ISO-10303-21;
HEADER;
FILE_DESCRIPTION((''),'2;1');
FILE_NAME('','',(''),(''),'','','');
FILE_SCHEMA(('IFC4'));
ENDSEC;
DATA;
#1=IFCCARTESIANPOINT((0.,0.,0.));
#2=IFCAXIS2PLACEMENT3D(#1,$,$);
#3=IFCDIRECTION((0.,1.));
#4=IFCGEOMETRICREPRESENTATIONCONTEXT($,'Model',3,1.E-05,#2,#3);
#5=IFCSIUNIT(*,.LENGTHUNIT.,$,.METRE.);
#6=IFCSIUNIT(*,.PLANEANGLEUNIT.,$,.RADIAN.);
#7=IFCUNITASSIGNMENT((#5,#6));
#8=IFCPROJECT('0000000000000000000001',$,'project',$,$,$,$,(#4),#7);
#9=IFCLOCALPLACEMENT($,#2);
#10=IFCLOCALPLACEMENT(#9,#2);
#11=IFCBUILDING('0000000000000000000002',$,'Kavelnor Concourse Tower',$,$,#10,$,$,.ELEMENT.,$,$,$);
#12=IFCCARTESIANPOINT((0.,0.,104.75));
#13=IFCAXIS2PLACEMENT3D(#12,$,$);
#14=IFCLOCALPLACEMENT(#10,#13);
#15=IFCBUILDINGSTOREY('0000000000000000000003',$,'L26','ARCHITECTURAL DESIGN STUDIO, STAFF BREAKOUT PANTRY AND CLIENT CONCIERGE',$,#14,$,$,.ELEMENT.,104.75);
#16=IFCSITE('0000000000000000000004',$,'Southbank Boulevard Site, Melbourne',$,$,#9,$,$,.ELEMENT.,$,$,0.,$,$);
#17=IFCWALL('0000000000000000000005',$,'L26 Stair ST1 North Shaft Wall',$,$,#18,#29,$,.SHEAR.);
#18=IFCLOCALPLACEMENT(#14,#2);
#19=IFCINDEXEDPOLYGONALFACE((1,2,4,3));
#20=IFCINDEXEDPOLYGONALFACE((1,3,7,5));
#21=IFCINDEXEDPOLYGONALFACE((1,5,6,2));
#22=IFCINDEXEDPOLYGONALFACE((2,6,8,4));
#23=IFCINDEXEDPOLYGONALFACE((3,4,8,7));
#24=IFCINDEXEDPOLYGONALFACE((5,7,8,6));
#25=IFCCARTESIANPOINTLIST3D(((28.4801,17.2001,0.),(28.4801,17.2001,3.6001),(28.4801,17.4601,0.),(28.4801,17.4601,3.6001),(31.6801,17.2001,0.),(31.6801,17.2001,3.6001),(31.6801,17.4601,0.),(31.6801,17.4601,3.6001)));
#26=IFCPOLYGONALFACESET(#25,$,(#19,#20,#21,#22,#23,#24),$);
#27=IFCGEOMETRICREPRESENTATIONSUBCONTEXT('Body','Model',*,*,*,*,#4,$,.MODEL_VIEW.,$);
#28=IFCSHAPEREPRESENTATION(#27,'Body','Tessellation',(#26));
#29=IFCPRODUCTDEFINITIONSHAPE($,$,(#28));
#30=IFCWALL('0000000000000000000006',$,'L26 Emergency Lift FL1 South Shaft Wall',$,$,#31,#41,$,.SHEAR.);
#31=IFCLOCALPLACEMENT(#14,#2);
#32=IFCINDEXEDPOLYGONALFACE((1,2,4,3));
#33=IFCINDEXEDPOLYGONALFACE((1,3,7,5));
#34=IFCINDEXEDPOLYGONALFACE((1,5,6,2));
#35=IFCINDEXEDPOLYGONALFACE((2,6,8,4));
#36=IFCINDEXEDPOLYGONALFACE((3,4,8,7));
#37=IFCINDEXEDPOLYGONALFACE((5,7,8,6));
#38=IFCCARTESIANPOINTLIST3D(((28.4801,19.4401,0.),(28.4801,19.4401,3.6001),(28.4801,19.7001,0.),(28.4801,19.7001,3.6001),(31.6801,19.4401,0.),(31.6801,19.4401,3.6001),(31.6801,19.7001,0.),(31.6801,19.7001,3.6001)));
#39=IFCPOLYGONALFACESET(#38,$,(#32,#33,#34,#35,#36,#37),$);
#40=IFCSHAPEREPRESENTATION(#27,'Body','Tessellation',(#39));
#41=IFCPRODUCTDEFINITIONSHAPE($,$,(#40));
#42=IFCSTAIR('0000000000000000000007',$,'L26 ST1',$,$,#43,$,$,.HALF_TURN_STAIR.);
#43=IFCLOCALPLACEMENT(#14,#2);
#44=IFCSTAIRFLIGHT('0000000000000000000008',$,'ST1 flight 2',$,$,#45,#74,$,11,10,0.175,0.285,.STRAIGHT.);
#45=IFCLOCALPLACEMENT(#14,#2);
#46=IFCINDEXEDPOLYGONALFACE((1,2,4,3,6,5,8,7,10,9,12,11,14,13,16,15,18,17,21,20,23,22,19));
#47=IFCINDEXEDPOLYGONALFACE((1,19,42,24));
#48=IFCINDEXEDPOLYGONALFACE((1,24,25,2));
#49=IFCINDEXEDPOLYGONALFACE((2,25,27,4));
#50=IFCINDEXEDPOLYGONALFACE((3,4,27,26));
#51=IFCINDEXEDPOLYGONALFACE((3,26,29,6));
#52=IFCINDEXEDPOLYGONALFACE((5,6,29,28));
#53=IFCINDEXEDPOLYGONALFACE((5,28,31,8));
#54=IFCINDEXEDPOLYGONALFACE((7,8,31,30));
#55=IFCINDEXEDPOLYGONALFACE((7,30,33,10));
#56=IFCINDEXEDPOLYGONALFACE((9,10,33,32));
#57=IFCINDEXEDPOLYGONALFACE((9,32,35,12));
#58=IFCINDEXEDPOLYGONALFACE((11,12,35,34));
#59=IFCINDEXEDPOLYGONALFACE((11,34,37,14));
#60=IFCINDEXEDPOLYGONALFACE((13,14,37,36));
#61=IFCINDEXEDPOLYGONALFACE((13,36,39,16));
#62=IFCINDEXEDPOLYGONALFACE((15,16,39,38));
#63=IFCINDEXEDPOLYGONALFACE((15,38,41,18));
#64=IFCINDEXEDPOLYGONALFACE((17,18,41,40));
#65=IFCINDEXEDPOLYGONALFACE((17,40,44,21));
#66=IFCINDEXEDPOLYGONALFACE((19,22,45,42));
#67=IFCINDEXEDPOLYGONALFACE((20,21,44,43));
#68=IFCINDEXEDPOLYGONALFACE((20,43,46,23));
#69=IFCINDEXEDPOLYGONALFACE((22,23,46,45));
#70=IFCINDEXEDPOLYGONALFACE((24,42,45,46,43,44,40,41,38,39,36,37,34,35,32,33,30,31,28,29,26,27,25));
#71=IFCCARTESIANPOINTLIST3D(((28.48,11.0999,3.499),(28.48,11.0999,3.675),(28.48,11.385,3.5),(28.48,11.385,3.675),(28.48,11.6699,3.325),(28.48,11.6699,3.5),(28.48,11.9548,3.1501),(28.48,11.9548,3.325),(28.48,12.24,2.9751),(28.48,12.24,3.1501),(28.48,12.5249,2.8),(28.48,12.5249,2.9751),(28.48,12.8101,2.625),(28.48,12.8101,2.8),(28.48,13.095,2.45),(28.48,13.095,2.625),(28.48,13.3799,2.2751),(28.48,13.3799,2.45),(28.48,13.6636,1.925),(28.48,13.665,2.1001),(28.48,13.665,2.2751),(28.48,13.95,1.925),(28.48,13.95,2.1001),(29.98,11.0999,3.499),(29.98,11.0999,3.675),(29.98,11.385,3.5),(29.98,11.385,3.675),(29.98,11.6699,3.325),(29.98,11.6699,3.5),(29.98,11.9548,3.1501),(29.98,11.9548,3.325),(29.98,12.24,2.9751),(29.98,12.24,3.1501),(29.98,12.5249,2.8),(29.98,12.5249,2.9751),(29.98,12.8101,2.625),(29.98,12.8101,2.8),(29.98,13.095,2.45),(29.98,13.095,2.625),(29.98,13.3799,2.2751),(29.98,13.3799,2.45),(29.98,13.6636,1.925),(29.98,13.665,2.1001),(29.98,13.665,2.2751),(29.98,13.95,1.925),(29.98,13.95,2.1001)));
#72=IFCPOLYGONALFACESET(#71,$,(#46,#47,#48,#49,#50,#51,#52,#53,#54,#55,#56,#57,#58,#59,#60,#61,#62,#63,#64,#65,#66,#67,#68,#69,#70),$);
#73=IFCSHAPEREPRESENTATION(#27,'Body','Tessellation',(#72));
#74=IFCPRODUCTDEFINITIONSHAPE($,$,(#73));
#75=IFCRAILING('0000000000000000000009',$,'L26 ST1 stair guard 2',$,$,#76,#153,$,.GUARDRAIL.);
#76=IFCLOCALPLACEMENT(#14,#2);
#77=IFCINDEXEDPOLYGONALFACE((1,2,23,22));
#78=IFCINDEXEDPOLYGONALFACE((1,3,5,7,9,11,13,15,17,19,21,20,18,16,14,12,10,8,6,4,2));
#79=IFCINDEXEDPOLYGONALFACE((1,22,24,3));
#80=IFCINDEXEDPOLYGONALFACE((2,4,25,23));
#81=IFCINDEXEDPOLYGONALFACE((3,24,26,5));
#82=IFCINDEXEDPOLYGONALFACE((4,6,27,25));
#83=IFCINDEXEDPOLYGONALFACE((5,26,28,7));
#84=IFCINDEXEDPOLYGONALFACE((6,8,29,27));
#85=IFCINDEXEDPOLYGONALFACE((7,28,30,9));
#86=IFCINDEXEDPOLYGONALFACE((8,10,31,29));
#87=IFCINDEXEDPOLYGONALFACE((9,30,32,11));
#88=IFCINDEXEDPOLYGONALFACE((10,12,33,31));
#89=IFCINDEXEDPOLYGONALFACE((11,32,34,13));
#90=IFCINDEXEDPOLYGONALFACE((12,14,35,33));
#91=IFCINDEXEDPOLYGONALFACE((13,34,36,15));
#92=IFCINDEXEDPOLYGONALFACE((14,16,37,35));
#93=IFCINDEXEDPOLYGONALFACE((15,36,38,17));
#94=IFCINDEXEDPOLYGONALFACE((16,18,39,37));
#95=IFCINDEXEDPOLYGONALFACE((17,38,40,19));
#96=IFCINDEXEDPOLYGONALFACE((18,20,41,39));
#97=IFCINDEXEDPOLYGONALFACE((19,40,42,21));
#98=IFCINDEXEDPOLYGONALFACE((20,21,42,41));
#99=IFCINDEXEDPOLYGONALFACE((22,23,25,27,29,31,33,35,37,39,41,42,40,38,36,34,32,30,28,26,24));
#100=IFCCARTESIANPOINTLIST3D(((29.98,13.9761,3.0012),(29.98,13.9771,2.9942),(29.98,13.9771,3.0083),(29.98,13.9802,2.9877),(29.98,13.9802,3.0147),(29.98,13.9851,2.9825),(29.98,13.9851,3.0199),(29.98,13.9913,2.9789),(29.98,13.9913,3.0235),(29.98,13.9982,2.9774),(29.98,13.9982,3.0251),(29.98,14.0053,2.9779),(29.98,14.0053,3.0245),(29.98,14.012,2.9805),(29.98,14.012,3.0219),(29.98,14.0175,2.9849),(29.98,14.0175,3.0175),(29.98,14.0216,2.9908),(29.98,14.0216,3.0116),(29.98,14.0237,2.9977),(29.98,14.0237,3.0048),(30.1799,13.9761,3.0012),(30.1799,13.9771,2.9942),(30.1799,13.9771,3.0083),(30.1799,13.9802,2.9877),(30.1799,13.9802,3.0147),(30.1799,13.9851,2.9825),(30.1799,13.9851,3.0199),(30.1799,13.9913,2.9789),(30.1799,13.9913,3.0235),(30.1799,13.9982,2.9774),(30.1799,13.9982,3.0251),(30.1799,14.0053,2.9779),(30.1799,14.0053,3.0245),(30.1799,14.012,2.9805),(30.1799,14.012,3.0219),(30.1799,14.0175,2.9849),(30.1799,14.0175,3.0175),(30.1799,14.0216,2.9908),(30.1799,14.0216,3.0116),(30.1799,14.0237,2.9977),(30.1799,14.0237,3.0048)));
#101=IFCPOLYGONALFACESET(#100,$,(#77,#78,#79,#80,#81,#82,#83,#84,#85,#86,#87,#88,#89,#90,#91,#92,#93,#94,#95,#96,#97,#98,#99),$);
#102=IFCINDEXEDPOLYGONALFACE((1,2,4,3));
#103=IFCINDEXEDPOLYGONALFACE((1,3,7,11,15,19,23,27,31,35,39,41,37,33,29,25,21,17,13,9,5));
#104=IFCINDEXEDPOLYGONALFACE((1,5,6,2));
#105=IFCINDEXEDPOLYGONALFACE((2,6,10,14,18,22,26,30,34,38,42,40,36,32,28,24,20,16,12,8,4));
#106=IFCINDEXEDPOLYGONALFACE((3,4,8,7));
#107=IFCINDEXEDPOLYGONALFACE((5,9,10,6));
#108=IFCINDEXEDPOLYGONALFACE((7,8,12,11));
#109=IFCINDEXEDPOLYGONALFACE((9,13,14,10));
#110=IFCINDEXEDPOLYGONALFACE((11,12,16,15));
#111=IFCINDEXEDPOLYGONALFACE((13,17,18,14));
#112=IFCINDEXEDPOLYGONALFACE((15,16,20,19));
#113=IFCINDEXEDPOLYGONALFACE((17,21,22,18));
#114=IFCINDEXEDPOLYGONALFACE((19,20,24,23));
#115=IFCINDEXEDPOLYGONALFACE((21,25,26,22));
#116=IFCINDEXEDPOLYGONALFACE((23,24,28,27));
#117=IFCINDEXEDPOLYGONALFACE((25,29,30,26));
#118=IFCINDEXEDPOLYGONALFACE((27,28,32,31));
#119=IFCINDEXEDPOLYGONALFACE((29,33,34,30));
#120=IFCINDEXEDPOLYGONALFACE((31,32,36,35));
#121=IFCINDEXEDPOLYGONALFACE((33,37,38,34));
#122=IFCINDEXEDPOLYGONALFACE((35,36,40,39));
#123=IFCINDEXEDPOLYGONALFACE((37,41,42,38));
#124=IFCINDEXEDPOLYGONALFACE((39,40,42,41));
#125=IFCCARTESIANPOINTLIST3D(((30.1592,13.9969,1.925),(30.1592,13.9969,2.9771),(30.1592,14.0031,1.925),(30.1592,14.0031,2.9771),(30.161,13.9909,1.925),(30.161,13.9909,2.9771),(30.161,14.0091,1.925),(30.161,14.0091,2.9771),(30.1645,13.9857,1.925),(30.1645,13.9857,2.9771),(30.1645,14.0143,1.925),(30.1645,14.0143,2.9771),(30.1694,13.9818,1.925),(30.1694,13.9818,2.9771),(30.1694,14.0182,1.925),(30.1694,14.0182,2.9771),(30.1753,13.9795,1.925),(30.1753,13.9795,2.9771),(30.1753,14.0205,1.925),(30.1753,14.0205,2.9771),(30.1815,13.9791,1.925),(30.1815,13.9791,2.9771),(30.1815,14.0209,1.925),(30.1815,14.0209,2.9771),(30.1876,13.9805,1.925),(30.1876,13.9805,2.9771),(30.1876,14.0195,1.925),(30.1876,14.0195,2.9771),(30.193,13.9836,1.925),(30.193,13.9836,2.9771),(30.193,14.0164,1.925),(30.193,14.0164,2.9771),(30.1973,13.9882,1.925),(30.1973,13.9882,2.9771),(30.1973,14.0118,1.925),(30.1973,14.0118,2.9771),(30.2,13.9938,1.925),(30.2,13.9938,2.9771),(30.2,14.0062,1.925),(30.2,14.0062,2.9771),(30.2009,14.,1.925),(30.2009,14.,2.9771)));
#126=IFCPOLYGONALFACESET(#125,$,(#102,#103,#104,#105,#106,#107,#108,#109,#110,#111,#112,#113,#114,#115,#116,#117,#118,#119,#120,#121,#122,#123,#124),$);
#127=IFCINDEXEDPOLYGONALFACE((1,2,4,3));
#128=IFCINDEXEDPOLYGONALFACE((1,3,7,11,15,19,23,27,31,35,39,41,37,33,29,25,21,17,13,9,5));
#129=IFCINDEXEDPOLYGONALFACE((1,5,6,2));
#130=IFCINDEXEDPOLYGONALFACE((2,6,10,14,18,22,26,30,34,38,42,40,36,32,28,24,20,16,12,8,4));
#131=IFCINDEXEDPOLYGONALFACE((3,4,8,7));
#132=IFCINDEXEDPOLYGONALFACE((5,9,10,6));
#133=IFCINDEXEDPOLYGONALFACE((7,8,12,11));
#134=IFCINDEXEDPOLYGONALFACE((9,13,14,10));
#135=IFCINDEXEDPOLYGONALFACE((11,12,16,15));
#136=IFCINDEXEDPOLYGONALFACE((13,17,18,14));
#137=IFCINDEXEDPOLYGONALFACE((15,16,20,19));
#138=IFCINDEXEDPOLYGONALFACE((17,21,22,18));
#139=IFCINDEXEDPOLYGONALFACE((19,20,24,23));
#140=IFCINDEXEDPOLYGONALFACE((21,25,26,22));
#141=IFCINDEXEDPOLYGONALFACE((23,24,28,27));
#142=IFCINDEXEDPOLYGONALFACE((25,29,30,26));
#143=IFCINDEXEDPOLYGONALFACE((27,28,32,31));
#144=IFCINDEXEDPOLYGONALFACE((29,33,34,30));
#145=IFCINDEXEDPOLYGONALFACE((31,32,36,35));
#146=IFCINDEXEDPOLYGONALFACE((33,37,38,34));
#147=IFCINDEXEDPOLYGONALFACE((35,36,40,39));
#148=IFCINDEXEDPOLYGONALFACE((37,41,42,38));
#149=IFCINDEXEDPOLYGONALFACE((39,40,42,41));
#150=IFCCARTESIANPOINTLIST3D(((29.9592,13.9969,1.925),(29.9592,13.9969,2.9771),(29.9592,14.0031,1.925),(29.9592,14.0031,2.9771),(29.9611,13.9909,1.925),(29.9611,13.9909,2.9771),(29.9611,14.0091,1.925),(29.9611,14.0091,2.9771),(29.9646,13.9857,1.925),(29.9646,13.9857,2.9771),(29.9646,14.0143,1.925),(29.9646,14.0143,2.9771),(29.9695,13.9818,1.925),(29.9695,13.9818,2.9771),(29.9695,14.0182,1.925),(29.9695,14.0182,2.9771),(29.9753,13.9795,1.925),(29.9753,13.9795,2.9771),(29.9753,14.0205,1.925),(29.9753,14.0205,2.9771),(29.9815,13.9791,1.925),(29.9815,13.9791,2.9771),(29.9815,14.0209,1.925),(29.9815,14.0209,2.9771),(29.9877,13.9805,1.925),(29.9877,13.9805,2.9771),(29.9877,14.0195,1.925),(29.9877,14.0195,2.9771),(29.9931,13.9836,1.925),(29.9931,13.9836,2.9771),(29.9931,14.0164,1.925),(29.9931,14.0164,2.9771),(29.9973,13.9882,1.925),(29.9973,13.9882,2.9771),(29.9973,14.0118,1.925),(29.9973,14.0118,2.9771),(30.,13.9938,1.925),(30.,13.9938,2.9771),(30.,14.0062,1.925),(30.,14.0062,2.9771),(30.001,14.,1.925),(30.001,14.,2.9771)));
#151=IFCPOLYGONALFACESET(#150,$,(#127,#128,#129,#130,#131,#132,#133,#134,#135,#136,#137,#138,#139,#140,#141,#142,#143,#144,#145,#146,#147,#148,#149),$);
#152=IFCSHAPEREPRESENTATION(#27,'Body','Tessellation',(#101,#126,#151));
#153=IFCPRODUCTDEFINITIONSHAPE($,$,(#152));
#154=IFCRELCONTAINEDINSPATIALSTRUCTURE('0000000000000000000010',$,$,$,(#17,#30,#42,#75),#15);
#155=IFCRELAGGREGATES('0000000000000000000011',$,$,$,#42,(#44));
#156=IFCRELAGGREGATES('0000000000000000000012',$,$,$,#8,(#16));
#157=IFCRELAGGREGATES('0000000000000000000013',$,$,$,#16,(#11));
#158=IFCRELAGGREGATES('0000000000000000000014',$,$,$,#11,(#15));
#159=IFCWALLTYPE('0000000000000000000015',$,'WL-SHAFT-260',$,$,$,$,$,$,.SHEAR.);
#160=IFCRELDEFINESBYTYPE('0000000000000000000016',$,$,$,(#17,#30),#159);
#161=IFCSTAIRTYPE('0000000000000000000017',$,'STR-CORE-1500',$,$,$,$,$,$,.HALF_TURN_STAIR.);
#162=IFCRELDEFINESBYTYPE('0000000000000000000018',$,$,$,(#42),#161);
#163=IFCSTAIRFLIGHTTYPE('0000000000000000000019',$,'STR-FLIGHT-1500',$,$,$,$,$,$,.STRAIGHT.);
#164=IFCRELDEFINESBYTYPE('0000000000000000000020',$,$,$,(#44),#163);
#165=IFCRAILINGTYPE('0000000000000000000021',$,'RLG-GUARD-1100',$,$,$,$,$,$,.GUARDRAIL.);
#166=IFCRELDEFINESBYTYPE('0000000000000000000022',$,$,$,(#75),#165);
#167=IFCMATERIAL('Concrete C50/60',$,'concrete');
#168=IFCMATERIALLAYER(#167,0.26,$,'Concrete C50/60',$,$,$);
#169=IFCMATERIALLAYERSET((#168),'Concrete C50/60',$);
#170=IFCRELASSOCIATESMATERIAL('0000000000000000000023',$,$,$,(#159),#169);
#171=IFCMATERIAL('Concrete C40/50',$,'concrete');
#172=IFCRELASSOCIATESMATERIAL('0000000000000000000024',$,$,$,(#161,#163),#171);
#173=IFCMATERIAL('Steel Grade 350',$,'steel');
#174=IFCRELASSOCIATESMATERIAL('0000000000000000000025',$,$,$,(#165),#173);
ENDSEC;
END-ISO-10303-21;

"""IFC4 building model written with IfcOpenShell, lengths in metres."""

from ifc_helpers import new_model, si_unit, direction, frame, frame_2d, origin, origin_2d, place, context, subcontext, project, spatial, polyline, rectangle, circle, outline, extrude, material, layer, layer_set, type_object, element, aggregate, save


model = new_model("IFC4")

# Units and contexts
model_context = context("Model", 3, precision=1e-05, world=origin(), true_north=direction((0.0, 1.0)))
body_context = subcontext(model_context, "Body", "Model", "MODEL_VIEW")
ifc_project = project(units=[si_unit("LENGTHUNIT", "METRE"), si_unit("PLANEANGLEUNIT", "RADIAN")], contexts=[model_context])

# Site, building, storey
site_placement = place(None, origin())
site = spatial("IfcSite", under=ifc_project, at=site_placement, Name="Southbank Boulevard Site, Melbourne", CompositionType="ELEMENT", RefElevation=0.0)
building_placement = place(site_placement, origin())
building = spatial("IfcBuilding", under=site, at=building_placement, Name="Kavelnor Concourse Tower", CompositionType="ELEMENT")
storey_placement = place(building_placement, frame((0.0, 0.0, 104.75)))
storey = spatial("IfcBuildingStorey", under=building, at=storey_placement, Name="L26", Description="ARCHITECTURAL DESIGN STUDIO, STAFF BREAKOUT PANTRY AND CLIENT CONCIERGE", CompositionType="ELEMENT", Elevation=104.75)

# Shared definitions
ifc_material_1 = material(Name="Steel Grade 350", Category="steel")

# Shared definitions
ifc_material_2 = material(Name="Concrete C50/60", Category="concrete")

# Walls
ifc_layer_1 = layer(ifc_material_2, 0.26, Name="Concrete C50/60")
ifc_layer_set_1 = layer_set([ifc_layer_1], Name="Concrete C50/60")
wall_type_1 = type_object("IfcWallType", Name="WL-SHAFT-260", PredefinedType="SHEAR", material=ifc_layer_set_1)
for number, where, z_axis, x_axis, name in (
    (1, (28.48, 17.3301, 0.0), (0.0, 0.0, 1.0), (1.0, 0.0, 0.0), "L26 Stair ST1 North Shaft Wall"),
    (2, (28.48, 19.5701, 0.0), (0.0, 0.0, 1.0), (1.0, 0.0, 0.0), "L26 Emergency Lift FL1 South Shaft Wall"),
):
    element("IfcWall", number, at=place(storey_placement, frame(where, z_axis=z_axis, x_axis=x_axis)), inside=storey, type_object=wall_type_1, Name=name, PredefinedType="SHEAR", context=body_context, shape_type="SweptSolid", body=[
        extrude(rectangle(XDim=3.2, YDim=0.26, at=frame_2d((1.6001, 0.0))), origin(), (0.0, 0.0, 1.0), 3.6001),
    ])

# Stair, stair flight
ifc_material_3 = material(Name="Concrete C40/50", Category="concrete")
stair_type = type_object("IfcStairType", Name="STR-CORE-1500", PredefinedType="HALF_TURN_STAIR", material=ifc_material_3)
stair_placement = place(storey_placement, origin())
stair = element("IfcStair", 3, at=stair_placement, inside=storey, type_object=stair_type, Name="L26 ST1", PredefinedType="HALF_TURN_STAIR")
stair_flight_type = type_object("IfcStairFlightType", Name="STR-FLIGHT-1500", PredefinedType="STRAIGHT", material=ifc_material_3)
stair_flight_placement = place(storey_placement, frame((29.23, 13.95, 1.925), z_axis=(0.0, 0.0, 1.0), x_axis=(0.0, -1.0, 0.0)))
stair_flight = element("IfcStairFlight", 4, at=stair_flight_placement, type_object=stair_flight_type, Name="ST1 flight 2", NumberOfRisers=11, NumberOfTreads=10, PredefinedType="STRAIGHT", RiserHeight=0.175, TreadLength=0.285, context=body_context, shape_type="SweptSolid", body=[
    extrude(outline(polyline([(0.0, 0.0), (0.0, 0.175), (0.2849, 0.175), (0.2849, 0.3501), (0.5701, 0.3501), (0.5701, 0.5249), (0.855, 0.5249), (0.855, 0.7), (1.1399, 0.7), (1.1399, 0.875), (1.425, 0.875), (1.425, 1.05), (1.71, 1.05), (1.71, 1.2251), (1.9951, 1.2251), (1.9951, 1.3999), (2.28, 1.3999), (2.28, 1.575), (2.5649, 1.575), (2.5649, 1.75), (2.8501, 1.75), (2.8501, 1.925), (2.8501, 1.574), (0.2864, 0.0), (0.0, 0.0)])), frame((0.0, 0.75, 0.0), z_axis=(0.0, -1.0, 0.0), x_axis=(1.0, 0.0, 0.0)), (0.0, 0.0, 1.0), 1.5),
])
aggregate(stair, [stair_flight])

# Railing
railing_type_1 = type_object("IfcRailingType", Name="RLG-GUARD-1100", PredefinedType="GUARDRAIL", material=ifc_material_1)
railing_1_placement = place(storey_placement, frame((30.1799, 14.0, 1.925)))
element("IfcRailing", 5, at=railing_1_placement, inside=storey, type_object=railing_type_1, Name="L26 ST1 stair guard 2", PredefinedType="GUARDRAIL", context=body_context, shape_type="SweptSolid", body=[
    extrude(circle(Radius=0.0239, at=origin_2d()), frame((0.0, 0.0, 1.0762), z_axis=(-1.0, 0.0, 0.0), x_axis=(0.0, -1.0, 0.0)), (0.0, 0.0, 1.0), 0.2),
    extrude(circle(Radius=0.021, at=origin_2d()), origin(), (0.0, 0.0, 1.0), 1.052),
    extrude(circle(Radius=0.021, at=origin_2d()), frame((-0.2, 0.0, 0.0)), (0.0, 0.0, 1.0), 1.052),
])

save(model, "model.ifc")
